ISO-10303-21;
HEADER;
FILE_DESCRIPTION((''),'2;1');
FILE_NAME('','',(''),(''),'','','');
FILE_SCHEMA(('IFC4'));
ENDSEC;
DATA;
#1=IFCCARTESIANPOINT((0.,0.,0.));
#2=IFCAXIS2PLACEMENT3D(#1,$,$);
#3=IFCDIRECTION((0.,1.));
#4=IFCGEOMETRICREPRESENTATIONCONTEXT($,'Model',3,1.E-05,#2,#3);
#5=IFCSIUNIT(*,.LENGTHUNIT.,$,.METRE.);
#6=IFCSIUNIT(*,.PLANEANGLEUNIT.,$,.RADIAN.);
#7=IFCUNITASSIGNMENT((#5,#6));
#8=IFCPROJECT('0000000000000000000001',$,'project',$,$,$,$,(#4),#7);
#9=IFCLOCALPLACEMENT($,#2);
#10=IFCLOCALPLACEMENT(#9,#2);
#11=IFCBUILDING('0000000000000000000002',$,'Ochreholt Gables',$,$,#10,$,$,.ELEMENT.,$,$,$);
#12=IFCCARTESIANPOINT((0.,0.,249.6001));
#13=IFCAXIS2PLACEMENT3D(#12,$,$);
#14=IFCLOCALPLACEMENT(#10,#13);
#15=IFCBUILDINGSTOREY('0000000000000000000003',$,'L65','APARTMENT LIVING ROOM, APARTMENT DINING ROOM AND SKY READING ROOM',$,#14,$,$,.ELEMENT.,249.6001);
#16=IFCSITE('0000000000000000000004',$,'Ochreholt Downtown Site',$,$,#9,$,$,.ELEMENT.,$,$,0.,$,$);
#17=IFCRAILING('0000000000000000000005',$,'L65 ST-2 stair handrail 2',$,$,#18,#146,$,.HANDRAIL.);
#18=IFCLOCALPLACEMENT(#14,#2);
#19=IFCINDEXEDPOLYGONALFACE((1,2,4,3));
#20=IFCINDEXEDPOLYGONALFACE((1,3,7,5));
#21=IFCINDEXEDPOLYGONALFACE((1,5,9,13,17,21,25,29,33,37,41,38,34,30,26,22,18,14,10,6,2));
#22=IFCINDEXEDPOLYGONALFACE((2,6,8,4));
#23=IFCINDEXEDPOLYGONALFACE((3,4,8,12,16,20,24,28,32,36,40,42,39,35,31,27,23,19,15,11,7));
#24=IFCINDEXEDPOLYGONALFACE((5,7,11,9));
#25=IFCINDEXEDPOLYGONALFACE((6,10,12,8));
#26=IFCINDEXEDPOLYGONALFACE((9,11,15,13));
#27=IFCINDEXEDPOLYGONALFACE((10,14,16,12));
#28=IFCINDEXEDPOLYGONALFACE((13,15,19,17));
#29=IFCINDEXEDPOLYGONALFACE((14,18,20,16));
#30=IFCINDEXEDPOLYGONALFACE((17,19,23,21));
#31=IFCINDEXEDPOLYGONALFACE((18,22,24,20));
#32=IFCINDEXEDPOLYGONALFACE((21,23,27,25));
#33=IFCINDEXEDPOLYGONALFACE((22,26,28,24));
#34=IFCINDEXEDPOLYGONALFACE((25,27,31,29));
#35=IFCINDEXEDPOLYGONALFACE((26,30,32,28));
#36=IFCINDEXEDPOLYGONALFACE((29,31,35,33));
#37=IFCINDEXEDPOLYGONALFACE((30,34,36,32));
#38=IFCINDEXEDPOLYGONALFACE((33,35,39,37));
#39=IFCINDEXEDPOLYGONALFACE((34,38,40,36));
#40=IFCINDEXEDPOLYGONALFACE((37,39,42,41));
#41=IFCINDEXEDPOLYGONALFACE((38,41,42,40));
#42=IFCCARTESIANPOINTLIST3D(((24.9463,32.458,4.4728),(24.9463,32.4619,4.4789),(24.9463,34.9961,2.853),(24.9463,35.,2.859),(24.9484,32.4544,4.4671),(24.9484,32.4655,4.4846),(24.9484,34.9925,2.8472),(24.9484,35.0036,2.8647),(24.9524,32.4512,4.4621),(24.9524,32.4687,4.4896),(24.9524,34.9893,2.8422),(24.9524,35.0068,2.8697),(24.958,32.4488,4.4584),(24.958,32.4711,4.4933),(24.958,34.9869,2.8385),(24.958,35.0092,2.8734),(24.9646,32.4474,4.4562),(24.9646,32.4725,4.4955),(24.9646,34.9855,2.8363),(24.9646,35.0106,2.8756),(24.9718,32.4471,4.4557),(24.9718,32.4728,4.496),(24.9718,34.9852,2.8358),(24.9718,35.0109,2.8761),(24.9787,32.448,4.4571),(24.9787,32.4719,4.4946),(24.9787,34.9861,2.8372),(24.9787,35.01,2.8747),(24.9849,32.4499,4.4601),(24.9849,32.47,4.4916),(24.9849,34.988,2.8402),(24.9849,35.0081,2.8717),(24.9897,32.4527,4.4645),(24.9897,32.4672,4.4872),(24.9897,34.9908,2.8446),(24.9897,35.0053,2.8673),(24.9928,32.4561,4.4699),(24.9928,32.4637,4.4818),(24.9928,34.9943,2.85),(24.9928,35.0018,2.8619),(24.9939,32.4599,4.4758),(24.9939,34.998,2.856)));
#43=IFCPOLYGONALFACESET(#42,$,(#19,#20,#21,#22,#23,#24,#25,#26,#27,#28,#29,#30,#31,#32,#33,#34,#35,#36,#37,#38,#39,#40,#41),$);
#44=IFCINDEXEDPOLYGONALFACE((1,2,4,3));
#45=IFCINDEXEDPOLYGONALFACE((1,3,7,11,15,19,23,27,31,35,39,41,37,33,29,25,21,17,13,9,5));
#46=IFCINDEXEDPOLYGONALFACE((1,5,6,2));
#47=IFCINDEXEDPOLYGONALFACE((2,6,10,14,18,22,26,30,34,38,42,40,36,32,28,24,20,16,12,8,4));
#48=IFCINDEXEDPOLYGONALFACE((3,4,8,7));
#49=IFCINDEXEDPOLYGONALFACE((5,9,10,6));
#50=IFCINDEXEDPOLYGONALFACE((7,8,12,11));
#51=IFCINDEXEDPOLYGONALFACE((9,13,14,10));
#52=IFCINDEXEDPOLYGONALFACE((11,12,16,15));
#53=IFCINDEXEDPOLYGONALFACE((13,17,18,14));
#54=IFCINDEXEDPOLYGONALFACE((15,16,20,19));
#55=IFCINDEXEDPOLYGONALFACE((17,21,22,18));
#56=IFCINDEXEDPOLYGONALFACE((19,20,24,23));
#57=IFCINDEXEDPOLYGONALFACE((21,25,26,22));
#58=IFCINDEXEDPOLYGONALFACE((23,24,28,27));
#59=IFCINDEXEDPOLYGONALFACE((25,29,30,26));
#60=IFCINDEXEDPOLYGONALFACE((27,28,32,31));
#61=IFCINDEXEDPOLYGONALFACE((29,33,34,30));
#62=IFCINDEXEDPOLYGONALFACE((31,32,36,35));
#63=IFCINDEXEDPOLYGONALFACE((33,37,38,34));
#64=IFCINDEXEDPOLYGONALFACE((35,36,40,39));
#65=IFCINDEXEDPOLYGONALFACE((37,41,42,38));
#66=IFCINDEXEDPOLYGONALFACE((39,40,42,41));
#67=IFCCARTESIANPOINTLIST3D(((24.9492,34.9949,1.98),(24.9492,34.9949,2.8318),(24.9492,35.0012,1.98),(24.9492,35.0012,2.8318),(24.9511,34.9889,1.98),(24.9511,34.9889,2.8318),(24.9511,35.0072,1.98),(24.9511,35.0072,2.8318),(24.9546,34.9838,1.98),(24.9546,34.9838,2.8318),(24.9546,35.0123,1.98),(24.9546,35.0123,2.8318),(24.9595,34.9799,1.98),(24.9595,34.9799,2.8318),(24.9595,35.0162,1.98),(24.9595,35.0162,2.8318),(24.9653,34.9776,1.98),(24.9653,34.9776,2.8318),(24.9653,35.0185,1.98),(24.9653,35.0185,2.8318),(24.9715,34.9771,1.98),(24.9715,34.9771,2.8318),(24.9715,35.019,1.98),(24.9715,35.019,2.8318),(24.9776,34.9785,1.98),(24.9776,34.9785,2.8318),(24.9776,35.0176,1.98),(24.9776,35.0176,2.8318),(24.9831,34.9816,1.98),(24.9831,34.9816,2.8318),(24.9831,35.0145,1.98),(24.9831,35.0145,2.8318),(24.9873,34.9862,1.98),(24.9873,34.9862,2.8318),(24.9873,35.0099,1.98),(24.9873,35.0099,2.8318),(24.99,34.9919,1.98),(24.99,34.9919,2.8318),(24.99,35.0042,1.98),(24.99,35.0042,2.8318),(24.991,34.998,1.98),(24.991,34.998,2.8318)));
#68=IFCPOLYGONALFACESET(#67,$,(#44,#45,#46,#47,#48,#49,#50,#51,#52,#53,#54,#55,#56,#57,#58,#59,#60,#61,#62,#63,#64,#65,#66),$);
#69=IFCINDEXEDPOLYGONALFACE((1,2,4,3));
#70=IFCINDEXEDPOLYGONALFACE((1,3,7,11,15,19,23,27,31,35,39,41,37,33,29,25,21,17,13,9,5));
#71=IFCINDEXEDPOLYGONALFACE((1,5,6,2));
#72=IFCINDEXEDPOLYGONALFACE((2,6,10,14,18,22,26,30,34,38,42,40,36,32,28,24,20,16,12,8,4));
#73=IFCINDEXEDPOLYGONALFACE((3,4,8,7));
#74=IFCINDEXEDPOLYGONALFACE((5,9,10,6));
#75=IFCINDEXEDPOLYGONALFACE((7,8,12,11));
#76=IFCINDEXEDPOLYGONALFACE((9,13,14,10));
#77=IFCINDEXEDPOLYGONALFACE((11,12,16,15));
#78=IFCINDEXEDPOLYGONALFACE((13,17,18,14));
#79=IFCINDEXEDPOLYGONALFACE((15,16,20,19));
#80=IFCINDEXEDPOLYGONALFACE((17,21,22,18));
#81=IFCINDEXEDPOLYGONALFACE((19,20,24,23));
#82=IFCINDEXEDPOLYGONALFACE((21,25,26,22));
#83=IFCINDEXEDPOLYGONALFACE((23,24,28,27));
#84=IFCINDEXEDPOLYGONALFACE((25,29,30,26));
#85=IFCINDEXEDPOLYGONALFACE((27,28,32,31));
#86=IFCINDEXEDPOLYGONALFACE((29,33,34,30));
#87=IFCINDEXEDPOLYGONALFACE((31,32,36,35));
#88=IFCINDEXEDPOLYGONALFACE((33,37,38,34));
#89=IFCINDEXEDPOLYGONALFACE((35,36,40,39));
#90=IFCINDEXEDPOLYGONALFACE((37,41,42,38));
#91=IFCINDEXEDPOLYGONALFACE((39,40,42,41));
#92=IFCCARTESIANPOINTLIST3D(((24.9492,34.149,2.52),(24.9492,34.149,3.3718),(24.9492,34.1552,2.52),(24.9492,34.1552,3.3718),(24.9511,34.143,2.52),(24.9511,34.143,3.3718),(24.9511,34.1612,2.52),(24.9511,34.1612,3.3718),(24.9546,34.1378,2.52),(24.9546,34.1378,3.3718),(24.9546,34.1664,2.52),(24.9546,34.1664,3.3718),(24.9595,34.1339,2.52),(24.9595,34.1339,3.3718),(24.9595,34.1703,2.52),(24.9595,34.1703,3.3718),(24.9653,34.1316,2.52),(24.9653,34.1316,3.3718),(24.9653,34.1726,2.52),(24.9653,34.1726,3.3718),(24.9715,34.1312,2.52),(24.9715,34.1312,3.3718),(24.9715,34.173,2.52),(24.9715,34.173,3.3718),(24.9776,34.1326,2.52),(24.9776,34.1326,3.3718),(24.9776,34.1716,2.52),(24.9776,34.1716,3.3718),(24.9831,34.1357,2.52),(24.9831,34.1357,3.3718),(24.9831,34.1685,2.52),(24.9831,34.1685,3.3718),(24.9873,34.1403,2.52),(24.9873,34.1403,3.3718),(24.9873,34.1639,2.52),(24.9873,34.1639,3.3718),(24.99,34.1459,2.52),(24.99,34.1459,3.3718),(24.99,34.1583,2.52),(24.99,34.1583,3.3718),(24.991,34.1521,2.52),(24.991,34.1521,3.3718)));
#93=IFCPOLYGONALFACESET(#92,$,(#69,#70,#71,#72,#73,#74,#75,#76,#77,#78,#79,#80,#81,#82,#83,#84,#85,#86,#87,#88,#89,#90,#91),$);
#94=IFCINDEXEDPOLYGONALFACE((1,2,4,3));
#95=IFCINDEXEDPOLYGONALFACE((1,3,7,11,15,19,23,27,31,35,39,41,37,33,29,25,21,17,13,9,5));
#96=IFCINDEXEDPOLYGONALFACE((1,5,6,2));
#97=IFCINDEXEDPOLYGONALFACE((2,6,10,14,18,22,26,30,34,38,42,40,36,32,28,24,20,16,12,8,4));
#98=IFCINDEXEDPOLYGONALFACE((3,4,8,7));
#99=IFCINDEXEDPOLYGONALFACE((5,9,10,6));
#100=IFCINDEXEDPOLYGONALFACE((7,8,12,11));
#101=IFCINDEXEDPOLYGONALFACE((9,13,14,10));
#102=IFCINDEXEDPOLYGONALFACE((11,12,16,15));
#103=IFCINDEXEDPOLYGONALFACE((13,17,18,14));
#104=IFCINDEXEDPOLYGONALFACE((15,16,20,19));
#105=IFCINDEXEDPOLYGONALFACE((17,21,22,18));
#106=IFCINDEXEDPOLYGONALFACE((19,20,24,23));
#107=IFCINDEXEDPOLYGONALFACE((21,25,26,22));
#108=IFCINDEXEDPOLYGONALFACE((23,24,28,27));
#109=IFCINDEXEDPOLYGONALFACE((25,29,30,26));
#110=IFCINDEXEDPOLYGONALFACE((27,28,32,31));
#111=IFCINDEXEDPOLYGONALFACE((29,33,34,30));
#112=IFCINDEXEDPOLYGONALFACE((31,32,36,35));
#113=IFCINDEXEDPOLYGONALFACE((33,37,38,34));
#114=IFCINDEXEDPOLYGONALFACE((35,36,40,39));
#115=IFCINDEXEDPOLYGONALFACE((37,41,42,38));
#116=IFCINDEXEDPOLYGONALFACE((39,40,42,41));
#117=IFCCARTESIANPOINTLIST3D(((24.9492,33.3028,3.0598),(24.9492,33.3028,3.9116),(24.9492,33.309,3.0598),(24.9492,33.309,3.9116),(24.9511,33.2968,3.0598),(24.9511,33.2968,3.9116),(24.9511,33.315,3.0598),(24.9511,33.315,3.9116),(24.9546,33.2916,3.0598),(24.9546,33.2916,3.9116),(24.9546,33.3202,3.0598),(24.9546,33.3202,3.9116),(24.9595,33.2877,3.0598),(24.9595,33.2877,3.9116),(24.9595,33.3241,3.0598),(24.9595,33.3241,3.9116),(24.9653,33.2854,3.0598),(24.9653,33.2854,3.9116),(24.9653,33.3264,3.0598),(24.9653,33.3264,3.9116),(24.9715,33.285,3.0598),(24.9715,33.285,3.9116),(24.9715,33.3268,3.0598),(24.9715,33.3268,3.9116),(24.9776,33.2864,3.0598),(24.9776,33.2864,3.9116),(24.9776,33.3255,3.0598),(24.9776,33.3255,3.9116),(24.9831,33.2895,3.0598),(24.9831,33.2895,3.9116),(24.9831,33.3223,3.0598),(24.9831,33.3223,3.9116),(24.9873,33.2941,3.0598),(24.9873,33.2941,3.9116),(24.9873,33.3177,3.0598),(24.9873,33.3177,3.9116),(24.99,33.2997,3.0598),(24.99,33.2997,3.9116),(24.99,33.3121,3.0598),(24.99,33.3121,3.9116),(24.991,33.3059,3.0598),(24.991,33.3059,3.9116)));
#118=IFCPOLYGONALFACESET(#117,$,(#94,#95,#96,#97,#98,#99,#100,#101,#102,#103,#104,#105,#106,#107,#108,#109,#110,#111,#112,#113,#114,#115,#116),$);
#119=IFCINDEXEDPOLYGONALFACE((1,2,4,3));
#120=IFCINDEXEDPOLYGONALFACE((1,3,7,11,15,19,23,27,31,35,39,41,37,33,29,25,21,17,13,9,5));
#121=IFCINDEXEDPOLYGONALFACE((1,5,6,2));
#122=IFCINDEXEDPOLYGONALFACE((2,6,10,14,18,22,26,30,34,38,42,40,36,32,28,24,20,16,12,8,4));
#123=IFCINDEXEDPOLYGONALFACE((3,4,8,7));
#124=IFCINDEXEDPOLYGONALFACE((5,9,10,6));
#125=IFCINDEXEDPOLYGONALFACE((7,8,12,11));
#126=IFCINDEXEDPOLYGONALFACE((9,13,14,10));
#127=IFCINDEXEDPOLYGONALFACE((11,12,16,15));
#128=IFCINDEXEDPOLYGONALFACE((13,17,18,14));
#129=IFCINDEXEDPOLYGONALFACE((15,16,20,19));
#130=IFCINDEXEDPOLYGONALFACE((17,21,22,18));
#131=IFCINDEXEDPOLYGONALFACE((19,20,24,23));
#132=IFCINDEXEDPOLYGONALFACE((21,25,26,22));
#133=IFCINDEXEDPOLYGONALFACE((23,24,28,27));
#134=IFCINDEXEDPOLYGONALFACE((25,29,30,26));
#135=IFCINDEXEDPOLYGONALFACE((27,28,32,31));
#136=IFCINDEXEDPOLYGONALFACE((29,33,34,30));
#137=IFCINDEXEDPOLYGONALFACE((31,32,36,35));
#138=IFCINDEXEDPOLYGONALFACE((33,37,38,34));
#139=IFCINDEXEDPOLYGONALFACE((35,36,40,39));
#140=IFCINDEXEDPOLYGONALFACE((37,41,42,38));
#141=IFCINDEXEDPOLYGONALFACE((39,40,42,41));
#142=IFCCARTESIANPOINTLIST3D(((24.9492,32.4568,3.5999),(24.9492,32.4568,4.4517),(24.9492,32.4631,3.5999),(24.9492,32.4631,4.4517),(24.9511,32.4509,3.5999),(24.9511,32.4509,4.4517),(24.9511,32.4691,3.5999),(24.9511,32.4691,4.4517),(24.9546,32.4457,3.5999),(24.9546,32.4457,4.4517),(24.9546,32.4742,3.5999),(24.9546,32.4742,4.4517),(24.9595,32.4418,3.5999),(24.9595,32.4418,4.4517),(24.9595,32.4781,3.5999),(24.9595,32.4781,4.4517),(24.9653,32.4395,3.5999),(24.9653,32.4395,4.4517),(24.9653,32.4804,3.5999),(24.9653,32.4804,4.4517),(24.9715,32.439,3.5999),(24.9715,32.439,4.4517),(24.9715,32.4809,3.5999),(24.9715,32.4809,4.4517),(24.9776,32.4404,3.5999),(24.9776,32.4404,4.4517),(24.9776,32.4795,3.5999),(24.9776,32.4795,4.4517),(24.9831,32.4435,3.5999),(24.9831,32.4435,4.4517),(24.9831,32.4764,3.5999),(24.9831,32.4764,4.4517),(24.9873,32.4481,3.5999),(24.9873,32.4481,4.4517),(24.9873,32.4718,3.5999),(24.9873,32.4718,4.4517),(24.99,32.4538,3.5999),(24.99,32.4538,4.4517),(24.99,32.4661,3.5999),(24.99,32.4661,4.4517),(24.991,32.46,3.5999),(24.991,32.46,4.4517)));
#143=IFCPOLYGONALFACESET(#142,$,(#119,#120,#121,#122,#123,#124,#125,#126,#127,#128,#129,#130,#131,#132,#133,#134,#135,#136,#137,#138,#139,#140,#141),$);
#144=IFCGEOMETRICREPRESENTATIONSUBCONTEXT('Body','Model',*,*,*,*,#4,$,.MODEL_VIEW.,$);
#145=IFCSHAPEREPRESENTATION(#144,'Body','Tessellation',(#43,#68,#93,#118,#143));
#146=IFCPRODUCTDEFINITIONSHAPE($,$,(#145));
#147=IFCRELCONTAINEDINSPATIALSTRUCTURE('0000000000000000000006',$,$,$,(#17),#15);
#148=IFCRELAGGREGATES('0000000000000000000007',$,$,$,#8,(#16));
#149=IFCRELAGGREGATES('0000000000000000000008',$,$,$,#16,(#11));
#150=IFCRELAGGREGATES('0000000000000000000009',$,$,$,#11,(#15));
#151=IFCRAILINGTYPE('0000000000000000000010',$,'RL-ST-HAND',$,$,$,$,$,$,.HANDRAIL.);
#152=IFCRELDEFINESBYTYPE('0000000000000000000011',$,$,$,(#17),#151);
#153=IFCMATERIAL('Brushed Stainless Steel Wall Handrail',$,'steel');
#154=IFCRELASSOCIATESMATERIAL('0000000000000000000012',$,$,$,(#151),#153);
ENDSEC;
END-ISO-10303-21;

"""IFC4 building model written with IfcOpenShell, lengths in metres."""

from ifc_helpers import new_model, si_unit, direction, frame, origin, origin_2d, place, context, subcontext, project, spatial, circle, extrude, material, type_object, element, save


model = new_model("IFC4")

# Units and contexts
model_context = context("Model", 3, precision=1e-05, world=origin(), true_north=direction((0.0, 1.0)))
body_context = subcontext(model_context, "Body", "Model", "MODEL_VIEW")
ifc_project = project(units=[si_unit("LENGTHUNIT", "METRE"), si_unit("PLANEANGLEUNIT", "RADIAN")], contexts=[model_context])

# Site, building, storey
site_placement = place(None, origin())
site = spatial("IfcSite", under=ifc_project, at=site_placement, Name="Ochreholt Downtown Site", CompositionType="ELEMENT", RefElevation=0.0)
building_placement = place(site_placement, origin())
building = spatial("IfcBuilding", under=site, at=building_placement, Name="Ochreholt Gables", CompositionType="ELEMENT")
storey_placement = place(building_placement, frame((0.0, 0.0, 249.6001)))
storey = spatial("IfcBuildingStorey", under=building, at=storey_placement, Name="L65", Description="APARTMENT LIVING ROOM, APARTMENT DINING ROOM AND SKY READING ROOM", CompositionType="ELEMENT", Elevation=249.6001)

# Railing
ifc_material_1 = material(Name="Brushed Stainless Steel Wall Handrail", Category="steel")
railing_type_1 = type_object("IfcRailingType", Name="RL-ST-HAND", PredefinedType="HANDRAIL", material=ifc_material_1)
railing_1_placement = place(storey_placement, frame((24.97, 34.998, 1.98)))
element("IfcRailing", 1, at=railing_1_placement, inside=storey, type_object=railing_type_1, Name="L65 ST-2 stair handrail 2", PredefinedType="HANDRAIL", context=body_context, shape_type="SweptSolid", body=[
    extrude(circle(Radius=0.0239, at=origin_2d()), frame((0.0, 0.0, 0.876), z_axis=(0.0, -0.84295, 0.537993), x_axis=(1.0, 0.0, 0.0)), (0.0, 0.0, 1.0), 3.011),
    extrude(circle(Radius=0.021, at=origin_2d()), origin(), (0.0, 0.0, 1.0), 0.8518),
    extrude(circle(Radius=0.021, at=origin_2d()), frame((0.0, -0.8459, 0.54)), (0.0, 0.0, 1.0), 0.8518),
    extrude(circle(Radius=0.021, at=origin_2d()), frame((0.0, -1.6921, 1.0798)), (0.0, 0.0, 1.0), 0.8518),
    extrude(circle(Radius=0.021, at=origin_2d()), frame((0.0, -2.5381, 1.6199)), (0.0, 0.0, 1.0), 0.8518),
])

save(model, "model.ifc")
